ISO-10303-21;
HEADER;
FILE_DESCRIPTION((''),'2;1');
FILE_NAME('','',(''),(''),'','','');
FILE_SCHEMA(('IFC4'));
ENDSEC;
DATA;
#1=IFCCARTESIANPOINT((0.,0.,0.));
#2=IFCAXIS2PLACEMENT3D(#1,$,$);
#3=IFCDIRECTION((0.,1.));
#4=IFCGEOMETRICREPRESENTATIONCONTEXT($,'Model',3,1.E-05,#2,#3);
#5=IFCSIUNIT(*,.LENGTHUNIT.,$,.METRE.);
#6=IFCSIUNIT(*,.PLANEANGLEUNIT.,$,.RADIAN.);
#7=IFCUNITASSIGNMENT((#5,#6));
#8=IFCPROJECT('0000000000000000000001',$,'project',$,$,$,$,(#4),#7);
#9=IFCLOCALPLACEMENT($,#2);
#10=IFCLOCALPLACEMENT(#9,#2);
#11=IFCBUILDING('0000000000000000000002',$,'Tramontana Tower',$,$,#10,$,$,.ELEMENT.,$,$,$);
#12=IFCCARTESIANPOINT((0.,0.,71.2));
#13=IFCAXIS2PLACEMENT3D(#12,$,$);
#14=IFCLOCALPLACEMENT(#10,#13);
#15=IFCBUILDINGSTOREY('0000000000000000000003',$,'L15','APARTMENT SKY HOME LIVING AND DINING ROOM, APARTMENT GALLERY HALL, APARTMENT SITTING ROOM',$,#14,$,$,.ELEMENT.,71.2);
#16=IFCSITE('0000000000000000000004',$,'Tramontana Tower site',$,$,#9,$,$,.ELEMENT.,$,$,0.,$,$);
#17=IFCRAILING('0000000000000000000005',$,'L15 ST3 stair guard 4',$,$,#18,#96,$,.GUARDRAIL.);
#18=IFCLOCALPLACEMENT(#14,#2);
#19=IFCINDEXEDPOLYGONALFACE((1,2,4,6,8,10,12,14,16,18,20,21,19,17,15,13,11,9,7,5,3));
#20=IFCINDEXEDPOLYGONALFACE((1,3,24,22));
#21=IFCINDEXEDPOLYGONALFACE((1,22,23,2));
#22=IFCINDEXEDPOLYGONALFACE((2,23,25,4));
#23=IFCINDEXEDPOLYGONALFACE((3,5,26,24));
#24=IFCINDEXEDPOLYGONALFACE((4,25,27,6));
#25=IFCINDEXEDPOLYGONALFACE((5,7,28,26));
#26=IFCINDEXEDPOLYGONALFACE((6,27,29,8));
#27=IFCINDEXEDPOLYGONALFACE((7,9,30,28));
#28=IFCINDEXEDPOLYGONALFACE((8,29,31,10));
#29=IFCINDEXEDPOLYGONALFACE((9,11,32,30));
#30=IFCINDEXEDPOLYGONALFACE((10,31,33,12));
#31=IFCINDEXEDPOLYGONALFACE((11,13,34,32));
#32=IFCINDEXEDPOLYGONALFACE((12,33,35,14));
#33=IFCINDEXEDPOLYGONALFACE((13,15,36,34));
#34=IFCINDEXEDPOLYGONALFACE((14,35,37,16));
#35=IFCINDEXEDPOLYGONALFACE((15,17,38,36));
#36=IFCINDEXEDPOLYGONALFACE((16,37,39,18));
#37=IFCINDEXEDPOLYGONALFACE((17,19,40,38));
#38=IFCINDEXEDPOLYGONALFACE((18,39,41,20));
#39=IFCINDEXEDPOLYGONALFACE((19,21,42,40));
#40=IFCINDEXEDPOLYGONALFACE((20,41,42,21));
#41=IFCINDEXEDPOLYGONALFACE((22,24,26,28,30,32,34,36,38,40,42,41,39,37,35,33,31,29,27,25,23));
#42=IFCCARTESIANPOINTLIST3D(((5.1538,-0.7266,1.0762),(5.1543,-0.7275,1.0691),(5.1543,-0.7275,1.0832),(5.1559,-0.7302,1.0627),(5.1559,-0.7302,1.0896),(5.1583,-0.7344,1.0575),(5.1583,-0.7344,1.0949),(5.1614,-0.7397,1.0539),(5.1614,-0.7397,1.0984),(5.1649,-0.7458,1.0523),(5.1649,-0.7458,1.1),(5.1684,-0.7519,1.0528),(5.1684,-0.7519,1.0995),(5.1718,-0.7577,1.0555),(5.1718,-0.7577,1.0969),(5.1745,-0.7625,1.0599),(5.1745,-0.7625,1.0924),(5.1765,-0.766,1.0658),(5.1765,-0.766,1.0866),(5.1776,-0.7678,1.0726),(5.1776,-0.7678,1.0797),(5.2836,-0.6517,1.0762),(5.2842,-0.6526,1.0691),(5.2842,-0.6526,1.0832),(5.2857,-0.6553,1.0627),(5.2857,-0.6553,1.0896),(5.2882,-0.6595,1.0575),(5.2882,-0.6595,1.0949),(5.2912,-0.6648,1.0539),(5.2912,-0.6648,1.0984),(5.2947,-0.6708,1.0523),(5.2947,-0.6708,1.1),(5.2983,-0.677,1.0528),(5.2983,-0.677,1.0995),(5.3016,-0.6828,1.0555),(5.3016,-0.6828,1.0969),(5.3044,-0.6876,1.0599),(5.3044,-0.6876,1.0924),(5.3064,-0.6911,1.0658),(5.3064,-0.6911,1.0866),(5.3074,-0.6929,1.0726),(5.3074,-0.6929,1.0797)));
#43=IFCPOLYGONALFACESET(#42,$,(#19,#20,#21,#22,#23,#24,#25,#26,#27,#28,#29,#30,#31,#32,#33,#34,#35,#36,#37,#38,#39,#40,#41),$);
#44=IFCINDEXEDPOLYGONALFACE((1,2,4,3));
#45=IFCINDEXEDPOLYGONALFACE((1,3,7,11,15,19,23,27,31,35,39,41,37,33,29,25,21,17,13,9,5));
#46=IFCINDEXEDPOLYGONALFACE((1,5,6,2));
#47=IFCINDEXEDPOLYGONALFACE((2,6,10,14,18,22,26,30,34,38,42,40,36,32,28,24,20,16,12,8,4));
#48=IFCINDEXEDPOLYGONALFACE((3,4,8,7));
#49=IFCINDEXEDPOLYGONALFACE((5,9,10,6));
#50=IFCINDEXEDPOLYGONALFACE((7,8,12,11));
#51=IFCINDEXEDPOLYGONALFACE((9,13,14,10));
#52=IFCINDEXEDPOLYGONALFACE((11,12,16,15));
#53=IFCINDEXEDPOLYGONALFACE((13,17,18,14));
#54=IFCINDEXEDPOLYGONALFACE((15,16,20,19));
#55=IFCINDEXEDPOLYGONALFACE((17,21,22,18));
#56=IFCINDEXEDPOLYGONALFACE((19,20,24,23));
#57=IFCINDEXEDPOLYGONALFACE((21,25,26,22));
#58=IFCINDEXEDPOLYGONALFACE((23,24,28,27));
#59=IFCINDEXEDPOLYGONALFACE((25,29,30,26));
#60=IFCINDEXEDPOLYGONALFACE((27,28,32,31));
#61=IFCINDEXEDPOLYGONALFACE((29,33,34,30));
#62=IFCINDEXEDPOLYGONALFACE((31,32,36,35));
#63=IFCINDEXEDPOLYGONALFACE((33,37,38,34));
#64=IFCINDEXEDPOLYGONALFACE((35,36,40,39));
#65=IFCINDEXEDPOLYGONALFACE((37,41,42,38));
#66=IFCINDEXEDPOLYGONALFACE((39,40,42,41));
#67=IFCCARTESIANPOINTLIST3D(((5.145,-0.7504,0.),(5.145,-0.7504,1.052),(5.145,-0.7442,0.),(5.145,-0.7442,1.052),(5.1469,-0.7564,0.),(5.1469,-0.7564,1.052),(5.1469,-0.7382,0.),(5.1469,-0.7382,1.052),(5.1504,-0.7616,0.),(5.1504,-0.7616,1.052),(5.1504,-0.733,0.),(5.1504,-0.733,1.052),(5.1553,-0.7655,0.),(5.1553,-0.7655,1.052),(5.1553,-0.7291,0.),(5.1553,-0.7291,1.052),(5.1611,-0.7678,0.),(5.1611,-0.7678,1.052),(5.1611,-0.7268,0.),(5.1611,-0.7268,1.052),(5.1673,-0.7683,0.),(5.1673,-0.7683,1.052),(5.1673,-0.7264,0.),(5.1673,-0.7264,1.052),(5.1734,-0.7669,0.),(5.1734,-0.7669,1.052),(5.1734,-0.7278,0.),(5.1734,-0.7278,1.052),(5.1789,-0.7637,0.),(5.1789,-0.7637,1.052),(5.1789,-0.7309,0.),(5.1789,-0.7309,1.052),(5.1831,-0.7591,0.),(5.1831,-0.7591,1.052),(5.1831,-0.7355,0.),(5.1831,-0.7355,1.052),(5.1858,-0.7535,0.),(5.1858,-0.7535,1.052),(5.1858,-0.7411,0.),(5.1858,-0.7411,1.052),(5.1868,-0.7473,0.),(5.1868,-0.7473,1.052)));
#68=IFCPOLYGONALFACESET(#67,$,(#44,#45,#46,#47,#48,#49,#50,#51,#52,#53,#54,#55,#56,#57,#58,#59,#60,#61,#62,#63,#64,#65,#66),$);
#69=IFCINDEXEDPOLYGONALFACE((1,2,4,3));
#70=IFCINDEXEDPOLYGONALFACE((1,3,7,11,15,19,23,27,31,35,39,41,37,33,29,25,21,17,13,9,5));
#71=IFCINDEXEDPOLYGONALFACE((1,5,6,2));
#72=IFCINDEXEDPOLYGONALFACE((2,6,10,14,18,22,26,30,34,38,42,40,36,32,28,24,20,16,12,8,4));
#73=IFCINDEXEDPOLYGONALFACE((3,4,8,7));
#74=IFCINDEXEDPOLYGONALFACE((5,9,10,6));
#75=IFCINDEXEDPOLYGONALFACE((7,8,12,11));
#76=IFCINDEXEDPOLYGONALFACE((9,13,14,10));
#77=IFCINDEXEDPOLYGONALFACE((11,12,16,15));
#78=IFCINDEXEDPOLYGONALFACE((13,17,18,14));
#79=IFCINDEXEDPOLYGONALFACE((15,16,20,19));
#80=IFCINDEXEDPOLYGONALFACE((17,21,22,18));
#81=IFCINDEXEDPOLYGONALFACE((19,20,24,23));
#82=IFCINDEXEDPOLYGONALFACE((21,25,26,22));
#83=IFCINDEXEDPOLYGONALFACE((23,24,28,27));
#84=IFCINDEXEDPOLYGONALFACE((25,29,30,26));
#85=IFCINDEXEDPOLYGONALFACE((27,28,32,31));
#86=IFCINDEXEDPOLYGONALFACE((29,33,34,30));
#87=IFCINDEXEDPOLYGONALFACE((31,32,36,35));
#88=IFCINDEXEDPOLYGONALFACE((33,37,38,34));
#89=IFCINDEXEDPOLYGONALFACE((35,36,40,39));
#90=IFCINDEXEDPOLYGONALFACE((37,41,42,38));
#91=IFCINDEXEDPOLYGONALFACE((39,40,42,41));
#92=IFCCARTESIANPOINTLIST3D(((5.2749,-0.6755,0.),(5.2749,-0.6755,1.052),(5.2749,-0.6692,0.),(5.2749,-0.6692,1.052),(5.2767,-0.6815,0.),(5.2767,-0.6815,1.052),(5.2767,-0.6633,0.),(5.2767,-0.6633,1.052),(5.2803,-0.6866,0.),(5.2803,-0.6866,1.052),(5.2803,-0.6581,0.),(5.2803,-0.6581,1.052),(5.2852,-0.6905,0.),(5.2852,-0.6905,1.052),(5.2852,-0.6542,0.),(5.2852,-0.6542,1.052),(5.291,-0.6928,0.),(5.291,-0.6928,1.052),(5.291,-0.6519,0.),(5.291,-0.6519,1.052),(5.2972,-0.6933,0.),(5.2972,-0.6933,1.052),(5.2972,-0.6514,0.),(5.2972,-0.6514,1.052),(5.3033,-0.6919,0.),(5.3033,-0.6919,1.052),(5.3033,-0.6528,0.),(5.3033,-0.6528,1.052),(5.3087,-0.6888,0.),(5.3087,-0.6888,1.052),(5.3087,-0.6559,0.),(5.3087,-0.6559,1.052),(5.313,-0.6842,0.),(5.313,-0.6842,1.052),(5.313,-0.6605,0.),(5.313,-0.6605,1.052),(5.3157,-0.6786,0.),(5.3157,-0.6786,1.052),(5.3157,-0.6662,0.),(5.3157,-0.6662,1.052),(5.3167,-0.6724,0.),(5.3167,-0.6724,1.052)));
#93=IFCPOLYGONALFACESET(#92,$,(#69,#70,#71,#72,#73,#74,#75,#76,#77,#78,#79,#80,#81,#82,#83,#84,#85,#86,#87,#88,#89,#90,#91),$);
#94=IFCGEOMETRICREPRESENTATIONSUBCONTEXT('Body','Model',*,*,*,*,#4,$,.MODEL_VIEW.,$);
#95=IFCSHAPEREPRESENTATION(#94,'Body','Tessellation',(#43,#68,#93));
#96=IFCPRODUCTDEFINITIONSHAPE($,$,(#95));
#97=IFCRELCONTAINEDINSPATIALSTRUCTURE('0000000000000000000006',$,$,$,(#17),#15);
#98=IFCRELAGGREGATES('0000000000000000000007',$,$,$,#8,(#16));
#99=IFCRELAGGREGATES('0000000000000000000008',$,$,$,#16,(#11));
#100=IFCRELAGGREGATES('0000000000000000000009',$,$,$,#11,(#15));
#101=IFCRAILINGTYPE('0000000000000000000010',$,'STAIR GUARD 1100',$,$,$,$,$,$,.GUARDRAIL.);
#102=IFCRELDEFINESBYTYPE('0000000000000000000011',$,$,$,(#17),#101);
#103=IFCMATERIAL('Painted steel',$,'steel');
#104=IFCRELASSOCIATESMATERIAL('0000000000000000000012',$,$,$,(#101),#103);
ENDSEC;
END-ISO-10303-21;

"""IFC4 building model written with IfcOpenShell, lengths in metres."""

from ifc_helpers import new_model, si_unit, direction, frame, origin, origin_2d, place, context, subcontext, project, spatial, circle, extrude, material, type_object, element, save


model = new_model("IFC4")

# Units and contexts
model_context = context("Model", 3, precision=1e-05, world=origin(), true_north=direction((0.0, 1.0)))
body_context = subcontext(model_context, "Body", "Model", "MODEL_VIEW")
ifc_project = project(units=[si_unit("LENGTHUNIT", "METRE"), si_unit("PLANEANGLEUNIT", "RADIAN")], contexts=[model_context])

# Site, building, storey
site_placement = place(None, origin())
site = spatial("IfcSite", under=ifc_project, at=site_placement, Name="Tramontana Tower site", CompositionType="ELEMENT", RefElevation=0.0)
building_placement = place(site_placement, origin())
building = spatial("IfcBuilding", under=site, at=building_placement, Name="Tramontana Tower", CompositionType="ELEMENT")
storey_placement = place(building_placement, frame((0.0, 0.0, 71.2)))
storey = spatial("IfcBuildingStorey", under=building, at=storey_placement, Name="L15", Description="APARTMENT SKY HOME LIVING AND DINING ROOM, APARTMENT GALLERY HALL, APARTMENT SITTING ROOM", CompositionType="ELEMENT", Elevation=71.2)

# Railing
ifc_material_1 = material(Name="Painted steel", Category="steel")
railing_type_1 = type_object("IfcRailingType", Name="STAIR GUARD 1100", PredefinedType="GUARDRAIL", material=ifc_material_1)
railing_1_placement = place(storey_placement, frame((5.1658, -0.7473, 0.0)))
element("IfcRailing", 1, at=railing_1_placement, inside=storey, type_object=railing_type_1, Name="L15 ST3 stair guard 4", PredefinedType="GUARDRAIL", context=body_context, shape_type="SweptSolid", body=[
    extrude(circle(Radius=0.0239, at=origin_2d()), frame((0.0, 0.0, 1.0762), z_axis=(0.866131, 0.499816, 0.0), x_axis=(-0.499816, 0.866131, 0.0)), (0.0, 0.0, 1.0), 0.1499),
    extrude(circle(Radius=0.021, at=origin_2d()), origin(), (0.0, 0.0, 1.0), 1.052),
    extrude(circle(Radius=0.021, at=origin_2d()), frame((0.1299, 0.075, 0.0)), (0.0, 0.0, 1.0), 1.052),
])

save(model, "model.ifc")
